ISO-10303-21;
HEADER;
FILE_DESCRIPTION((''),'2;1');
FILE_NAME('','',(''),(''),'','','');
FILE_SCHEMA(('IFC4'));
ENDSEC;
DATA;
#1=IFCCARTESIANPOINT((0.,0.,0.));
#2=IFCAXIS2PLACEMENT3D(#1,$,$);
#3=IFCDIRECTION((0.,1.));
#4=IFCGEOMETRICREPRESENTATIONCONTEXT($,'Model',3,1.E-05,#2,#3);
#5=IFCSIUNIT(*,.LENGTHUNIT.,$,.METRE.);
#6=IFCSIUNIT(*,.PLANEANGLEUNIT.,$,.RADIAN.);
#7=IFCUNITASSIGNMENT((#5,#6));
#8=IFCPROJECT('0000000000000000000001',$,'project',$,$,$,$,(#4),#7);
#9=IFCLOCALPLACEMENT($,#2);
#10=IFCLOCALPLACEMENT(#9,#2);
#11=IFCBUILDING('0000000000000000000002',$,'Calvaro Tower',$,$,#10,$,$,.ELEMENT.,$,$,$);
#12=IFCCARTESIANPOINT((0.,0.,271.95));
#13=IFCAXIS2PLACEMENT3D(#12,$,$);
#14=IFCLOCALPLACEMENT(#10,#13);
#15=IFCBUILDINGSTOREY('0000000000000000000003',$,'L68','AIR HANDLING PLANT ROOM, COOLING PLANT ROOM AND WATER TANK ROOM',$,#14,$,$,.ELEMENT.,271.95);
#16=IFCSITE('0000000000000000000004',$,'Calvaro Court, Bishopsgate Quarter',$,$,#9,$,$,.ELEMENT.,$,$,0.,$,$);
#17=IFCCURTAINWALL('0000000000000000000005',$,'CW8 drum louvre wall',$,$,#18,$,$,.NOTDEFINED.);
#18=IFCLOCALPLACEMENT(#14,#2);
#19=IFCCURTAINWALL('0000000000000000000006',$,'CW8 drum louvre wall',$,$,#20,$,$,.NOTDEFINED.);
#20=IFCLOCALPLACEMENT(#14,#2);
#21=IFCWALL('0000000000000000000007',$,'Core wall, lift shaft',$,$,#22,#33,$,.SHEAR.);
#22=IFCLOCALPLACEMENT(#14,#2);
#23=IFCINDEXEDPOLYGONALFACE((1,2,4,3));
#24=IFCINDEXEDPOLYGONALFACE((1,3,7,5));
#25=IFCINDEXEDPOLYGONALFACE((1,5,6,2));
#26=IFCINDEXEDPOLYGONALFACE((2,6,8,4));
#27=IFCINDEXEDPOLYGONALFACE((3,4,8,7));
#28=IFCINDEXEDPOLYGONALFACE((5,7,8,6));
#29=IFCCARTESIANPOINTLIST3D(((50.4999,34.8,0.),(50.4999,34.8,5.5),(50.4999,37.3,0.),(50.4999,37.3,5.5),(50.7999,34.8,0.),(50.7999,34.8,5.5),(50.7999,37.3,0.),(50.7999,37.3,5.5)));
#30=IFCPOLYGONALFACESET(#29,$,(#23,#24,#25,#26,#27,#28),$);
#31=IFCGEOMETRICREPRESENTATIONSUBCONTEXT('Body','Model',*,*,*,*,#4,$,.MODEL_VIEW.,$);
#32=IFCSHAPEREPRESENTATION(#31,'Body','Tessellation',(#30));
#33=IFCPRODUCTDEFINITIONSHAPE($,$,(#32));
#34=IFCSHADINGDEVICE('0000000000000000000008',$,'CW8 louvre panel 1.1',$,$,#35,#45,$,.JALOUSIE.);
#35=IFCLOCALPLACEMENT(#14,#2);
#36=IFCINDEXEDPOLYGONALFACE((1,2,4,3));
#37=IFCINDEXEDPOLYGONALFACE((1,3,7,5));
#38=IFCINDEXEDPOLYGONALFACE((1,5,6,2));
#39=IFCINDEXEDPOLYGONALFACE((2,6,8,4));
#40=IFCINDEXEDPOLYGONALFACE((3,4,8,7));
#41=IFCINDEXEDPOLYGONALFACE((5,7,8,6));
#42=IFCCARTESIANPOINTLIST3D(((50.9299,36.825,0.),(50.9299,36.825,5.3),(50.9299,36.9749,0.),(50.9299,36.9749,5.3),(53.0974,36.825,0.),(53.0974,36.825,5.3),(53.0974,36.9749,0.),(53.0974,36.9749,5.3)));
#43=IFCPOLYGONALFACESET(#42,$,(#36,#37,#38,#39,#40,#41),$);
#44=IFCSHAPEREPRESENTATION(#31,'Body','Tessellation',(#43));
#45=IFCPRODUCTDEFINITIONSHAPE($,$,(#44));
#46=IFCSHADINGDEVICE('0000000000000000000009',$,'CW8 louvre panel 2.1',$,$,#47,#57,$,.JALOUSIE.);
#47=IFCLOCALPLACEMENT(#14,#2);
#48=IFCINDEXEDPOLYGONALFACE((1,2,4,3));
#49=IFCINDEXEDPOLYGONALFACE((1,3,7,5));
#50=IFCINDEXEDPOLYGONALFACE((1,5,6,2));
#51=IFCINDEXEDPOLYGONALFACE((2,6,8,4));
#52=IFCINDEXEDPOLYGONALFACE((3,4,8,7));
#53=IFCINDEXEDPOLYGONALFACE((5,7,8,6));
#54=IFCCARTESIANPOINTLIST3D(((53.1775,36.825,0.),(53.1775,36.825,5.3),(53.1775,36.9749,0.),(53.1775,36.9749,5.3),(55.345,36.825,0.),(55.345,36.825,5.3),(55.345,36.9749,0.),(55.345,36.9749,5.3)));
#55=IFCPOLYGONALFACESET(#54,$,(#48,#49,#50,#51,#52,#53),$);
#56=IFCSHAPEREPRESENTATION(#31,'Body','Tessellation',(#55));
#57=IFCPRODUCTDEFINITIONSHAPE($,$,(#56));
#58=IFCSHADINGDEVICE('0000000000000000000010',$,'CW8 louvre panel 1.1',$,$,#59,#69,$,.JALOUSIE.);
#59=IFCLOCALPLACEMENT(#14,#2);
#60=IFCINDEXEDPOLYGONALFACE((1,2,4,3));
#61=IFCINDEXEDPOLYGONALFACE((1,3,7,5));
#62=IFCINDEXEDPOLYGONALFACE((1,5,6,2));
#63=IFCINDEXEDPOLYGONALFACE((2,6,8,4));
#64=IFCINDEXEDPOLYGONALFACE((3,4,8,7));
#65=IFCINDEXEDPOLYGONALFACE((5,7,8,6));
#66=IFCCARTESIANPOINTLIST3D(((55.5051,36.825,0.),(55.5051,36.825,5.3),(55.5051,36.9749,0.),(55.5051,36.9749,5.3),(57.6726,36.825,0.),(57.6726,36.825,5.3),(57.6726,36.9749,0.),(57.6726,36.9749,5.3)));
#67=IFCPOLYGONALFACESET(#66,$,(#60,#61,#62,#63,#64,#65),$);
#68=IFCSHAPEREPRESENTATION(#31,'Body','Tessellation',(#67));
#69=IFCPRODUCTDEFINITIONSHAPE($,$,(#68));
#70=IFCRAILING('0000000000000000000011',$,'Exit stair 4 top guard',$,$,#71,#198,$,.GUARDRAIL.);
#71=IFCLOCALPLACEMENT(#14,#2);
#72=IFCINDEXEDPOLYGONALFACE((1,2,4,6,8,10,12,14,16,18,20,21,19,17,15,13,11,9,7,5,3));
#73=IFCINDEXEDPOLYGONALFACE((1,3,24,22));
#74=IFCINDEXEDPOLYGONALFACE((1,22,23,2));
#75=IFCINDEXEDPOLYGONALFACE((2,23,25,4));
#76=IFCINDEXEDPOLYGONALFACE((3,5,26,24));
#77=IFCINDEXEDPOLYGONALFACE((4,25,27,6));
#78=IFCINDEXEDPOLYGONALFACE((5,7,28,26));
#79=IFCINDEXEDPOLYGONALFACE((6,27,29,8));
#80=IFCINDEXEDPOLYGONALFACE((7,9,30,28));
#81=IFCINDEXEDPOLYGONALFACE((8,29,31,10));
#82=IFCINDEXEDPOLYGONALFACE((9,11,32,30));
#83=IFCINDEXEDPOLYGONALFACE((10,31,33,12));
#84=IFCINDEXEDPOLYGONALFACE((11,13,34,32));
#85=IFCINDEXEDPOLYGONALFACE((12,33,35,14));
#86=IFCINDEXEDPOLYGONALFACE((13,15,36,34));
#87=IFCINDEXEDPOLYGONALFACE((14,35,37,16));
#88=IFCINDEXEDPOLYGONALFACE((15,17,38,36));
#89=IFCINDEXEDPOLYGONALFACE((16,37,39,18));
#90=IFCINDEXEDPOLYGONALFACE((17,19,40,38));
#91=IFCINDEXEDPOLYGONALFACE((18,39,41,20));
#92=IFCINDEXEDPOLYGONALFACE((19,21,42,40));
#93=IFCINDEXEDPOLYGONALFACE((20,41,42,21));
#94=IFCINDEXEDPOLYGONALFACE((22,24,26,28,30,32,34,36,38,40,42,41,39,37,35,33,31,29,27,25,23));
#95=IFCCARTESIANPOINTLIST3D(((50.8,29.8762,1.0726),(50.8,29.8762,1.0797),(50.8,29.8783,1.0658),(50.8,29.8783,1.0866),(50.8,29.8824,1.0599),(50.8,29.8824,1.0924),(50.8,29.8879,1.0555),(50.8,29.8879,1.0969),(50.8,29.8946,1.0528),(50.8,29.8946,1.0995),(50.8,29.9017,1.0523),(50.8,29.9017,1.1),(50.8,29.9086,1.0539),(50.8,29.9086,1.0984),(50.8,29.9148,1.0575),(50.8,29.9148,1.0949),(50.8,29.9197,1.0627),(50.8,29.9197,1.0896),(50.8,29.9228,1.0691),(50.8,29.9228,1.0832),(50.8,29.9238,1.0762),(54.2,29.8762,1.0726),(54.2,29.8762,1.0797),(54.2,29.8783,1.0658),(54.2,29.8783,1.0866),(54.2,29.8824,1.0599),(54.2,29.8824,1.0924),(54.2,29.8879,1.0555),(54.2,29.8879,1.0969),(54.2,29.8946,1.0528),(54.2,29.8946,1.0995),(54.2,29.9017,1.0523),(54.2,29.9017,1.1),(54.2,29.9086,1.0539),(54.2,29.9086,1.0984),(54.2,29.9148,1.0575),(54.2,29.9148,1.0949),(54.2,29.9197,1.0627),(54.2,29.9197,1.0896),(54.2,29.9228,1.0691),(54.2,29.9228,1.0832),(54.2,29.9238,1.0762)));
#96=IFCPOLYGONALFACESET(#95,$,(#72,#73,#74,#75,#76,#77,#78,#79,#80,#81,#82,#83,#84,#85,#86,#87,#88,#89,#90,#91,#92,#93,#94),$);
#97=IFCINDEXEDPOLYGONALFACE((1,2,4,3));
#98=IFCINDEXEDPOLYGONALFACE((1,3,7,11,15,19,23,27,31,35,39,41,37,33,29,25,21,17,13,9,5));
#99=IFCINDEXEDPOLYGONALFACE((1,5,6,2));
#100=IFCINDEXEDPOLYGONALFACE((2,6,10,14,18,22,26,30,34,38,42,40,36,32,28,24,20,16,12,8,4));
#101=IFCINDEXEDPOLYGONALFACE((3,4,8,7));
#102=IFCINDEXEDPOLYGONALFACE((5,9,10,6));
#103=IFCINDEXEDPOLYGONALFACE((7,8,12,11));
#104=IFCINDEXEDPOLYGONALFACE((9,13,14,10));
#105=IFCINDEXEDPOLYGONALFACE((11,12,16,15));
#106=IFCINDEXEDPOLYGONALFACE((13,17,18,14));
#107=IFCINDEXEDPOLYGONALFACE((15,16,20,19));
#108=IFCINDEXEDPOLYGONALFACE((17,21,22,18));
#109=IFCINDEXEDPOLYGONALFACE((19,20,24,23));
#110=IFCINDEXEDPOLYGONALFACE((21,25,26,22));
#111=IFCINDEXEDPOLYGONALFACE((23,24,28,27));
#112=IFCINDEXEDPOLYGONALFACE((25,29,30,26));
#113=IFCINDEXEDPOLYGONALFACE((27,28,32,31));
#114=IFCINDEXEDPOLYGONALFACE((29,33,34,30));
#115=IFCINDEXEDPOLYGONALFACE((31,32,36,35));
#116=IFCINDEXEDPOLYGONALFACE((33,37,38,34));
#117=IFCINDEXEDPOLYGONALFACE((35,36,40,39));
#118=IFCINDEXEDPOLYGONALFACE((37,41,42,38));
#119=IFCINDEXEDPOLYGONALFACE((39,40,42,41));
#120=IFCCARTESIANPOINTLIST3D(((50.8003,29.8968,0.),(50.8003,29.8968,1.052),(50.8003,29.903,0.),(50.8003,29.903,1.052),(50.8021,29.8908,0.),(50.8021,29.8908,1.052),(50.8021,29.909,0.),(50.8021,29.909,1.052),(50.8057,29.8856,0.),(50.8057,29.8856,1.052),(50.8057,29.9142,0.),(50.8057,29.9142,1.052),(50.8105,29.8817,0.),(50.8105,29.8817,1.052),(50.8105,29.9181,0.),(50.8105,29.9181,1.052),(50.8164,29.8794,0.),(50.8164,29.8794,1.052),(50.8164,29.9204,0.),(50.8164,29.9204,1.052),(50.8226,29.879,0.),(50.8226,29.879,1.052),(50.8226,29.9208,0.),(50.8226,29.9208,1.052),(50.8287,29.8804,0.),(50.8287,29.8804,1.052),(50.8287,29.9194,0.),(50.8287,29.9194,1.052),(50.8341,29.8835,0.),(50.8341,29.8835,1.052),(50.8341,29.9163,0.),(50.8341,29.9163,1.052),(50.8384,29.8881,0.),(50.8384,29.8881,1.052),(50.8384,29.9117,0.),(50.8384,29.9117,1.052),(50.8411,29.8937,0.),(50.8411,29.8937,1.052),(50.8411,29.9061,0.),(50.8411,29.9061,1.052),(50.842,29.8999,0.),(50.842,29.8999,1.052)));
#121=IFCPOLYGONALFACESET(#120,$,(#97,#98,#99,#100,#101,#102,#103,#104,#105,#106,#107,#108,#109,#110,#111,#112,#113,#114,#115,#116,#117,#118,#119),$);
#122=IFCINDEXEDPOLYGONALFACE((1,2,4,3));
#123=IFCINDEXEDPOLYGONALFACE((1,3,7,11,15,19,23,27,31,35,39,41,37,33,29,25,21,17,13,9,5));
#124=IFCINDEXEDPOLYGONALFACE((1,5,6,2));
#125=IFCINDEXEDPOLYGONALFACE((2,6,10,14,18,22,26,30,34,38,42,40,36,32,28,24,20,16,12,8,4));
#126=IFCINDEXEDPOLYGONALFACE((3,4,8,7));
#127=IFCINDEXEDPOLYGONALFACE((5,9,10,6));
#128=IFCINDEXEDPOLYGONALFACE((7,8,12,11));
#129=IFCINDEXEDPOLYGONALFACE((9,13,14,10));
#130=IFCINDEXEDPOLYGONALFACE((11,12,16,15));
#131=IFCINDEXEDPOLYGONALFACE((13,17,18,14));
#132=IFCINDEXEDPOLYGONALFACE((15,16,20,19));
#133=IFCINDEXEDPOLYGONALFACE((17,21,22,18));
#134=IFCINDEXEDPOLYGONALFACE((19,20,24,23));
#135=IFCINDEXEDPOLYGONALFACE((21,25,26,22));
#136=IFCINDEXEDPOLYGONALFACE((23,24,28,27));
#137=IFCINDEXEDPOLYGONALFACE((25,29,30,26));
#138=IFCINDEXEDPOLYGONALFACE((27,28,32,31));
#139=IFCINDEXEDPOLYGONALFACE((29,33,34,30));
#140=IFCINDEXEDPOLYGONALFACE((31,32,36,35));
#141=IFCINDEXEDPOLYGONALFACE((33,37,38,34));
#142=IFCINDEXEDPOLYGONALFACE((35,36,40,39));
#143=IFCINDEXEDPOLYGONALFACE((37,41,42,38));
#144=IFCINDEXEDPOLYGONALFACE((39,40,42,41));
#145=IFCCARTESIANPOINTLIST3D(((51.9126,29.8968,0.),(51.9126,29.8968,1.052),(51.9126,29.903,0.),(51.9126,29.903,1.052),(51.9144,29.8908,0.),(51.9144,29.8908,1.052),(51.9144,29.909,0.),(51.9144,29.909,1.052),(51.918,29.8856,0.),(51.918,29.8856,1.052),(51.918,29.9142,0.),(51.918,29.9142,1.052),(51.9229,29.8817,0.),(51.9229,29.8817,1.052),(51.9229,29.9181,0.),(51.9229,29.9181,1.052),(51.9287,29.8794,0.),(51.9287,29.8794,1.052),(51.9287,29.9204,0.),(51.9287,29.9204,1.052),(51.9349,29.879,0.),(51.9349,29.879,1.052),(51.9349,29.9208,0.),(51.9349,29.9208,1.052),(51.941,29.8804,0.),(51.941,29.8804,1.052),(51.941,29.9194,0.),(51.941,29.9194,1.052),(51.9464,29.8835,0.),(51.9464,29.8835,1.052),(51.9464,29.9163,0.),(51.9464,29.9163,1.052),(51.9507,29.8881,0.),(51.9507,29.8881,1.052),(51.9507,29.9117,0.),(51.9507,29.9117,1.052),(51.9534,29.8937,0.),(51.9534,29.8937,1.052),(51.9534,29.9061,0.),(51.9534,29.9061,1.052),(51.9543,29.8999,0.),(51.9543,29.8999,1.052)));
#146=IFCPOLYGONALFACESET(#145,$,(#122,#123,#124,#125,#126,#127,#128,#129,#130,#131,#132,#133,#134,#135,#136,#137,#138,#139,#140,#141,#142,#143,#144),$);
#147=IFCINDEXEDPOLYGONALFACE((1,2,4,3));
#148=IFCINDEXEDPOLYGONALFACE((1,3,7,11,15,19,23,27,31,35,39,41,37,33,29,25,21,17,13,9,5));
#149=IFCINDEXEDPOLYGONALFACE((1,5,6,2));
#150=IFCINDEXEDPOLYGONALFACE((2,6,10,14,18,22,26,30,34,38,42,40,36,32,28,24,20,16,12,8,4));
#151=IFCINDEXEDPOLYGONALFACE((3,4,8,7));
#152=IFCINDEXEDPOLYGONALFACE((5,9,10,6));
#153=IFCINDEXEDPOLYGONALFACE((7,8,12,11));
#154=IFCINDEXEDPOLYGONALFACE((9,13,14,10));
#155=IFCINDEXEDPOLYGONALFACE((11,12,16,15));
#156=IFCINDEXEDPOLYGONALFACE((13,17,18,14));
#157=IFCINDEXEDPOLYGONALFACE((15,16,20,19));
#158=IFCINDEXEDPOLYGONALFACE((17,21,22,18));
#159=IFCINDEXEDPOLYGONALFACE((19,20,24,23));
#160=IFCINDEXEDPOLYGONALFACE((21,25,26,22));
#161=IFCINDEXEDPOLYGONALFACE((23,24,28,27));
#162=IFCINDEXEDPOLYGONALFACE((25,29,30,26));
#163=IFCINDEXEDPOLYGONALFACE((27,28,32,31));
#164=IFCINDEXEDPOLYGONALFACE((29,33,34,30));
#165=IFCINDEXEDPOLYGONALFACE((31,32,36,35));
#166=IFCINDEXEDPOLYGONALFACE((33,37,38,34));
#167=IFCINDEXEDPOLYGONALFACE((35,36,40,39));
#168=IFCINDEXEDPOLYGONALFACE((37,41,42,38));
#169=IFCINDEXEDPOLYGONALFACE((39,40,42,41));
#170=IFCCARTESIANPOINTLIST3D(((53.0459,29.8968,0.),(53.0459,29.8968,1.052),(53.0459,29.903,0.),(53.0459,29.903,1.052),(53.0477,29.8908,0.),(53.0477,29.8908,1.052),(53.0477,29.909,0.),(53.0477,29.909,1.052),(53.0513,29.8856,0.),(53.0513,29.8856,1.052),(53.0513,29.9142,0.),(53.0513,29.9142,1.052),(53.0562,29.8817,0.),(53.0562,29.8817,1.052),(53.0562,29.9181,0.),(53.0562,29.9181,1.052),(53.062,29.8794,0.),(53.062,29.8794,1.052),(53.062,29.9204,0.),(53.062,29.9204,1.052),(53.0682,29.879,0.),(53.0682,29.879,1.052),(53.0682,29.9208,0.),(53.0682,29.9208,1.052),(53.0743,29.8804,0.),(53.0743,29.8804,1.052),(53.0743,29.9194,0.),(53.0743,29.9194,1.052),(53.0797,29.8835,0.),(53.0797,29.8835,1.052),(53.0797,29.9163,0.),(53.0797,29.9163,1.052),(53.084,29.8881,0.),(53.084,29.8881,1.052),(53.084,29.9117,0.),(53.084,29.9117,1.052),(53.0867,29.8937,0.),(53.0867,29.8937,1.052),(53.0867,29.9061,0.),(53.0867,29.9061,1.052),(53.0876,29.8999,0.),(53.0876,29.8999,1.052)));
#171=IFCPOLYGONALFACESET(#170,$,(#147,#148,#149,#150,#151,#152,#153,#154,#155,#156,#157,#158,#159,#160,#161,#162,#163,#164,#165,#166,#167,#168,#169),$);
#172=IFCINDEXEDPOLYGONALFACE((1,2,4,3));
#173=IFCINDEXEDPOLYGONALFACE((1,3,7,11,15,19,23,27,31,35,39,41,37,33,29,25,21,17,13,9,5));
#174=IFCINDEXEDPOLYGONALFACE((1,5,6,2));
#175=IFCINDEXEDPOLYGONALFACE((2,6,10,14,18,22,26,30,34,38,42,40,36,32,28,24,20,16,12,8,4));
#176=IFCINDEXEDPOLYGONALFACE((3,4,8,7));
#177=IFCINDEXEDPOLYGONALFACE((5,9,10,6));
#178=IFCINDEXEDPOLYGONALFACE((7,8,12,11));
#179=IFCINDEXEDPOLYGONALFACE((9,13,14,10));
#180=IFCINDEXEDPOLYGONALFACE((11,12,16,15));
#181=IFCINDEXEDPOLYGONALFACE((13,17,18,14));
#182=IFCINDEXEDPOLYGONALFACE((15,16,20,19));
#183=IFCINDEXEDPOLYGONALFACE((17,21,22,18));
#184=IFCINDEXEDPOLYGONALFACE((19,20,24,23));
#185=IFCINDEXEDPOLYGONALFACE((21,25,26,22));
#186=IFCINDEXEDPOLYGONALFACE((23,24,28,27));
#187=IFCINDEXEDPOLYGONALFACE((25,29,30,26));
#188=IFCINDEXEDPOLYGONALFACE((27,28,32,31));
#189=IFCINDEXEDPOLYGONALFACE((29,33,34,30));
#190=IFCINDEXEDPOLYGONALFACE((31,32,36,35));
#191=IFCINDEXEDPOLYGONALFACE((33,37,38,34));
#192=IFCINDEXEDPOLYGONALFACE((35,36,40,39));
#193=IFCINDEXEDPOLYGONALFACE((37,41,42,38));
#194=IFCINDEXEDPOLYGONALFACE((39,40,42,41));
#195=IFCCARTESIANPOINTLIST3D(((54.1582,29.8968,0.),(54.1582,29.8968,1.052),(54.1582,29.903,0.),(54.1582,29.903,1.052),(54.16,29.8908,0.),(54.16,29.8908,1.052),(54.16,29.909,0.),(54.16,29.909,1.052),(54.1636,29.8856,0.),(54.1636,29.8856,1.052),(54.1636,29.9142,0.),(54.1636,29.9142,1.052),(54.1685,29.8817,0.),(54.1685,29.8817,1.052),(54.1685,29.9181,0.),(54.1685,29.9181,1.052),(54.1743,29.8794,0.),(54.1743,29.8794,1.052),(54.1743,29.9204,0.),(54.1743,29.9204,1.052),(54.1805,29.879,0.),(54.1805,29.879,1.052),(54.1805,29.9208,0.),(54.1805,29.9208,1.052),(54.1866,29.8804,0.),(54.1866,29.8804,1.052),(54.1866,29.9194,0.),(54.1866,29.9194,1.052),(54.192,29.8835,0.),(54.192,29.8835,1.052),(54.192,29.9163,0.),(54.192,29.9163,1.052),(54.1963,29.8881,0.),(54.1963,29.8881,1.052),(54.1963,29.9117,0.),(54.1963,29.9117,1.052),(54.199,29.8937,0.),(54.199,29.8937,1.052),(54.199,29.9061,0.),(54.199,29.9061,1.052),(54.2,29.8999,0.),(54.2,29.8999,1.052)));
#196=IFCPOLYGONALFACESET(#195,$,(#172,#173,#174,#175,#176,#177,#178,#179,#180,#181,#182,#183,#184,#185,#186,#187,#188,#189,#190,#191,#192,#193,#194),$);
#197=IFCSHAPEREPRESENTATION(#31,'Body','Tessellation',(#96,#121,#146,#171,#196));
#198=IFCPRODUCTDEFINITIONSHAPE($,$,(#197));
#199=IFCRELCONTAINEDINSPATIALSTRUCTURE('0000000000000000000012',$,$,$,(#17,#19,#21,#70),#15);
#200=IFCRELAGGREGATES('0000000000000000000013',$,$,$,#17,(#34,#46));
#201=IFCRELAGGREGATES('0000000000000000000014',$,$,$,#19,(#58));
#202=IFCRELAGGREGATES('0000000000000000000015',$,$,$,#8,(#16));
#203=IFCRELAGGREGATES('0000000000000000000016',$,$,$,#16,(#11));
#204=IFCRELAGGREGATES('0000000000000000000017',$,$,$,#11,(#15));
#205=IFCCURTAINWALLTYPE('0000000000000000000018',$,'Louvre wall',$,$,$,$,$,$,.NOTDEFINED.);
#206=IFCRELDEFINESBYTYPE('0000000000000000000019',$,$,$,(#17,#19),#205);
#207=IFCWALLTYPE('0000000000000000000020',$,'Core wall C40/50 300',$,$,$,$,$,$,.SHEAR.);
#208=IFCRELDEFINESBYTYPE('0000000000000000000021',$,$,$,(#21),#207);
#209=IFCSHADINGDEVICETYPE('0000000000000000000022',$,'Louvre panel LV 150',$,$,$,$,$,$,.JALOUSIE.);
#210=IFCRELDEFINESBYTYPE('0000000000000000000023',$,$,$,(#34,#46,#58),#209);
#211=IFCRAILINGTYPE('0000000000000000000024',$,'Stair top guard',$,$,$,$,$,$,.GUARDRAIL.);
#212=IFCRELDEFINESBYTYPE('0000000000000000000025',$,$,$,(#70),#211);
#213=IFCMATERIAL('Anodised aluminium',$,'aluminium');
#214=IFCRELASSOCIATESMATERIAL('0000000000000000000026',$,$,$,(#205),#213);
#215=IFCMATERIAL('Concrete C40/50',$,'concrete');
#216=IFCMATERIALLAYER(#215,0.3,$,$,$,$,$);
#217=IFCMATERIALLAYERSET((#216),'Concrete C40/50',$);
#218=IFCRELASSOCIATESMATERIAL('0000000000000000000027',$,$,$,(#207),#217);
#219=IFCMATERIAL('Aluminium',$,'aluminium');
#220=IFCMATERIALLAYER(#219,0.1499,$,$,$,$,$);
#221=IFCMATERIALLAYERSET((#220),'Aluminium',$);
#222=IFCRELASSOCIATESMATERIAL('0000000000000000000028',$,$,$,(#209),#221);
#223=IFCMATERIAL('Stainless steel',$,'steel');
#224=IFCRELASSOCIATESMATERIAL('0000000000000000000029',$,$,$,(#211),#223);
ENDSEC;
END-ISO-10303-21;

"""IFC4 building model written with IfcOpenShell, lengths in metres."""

from ifc_helpers import new_model, si_unit, direction, frame, frame_2d, origin, origin_2d, place, context, subcontext, project, spatial, rectangle, circle, extrude, material, layer, layer_set, type_object, element, aggregate, save


model = new_model("IFC4")

# Units and contexts
model_context = context("Model", 3, precision=1e-05, world=origin(), true_north=direction((0.0, 1.0)))
body_context = subcontext(model_context, "Body", "Model", "MODEL_VIEW")
ifc_project = project(units=[si_unit("LENGTHUNIT", "METRE"), si_unit("PLANEANGLEUNIT", "RADIAN")], contexts=[model_context])

# Site, building, storey
site_placement = place(None, origin())
site = spatial("IfcSite", under=ifc_project, at=site_placement, Name="Calvaro Court, Bishopsgate Quarter", CompositionType="ELEMENT", RefElevation=0.0)
building_placement = place(site_placement, origin())
building = spatial("IfcBuilding", under=site, at=building_placement, Name="Calvaro Tower", CompositionType="ELEMENT")
storey_placement = place(building_placement, frame((0.0, 0.0, 271.95)))
storey = spatial("IfcBuildingStorey", under=building, at=storey_placement, Name="L68", Description="AIR HANDLING PLANT ROOM, COOLING PLANT ROOM AND WATER TANK ROOM", CompositionType="ELEMENT", Elevation=271.95)

# Curtain walls
ifc_material_1 = material(Name="Anodised aluminium", Category="aluminium")
curtain_wall_type = type_object("IfcCurtainWallType", Name="Louvre wall", PredefinedType="NOTDEFINED", material=ifc_material_1)
curtain_wall_1_placement = place(storey_placement, origin())
curtain_wall_1 = element("IfcCurtainWall", 1, at=curtain_wall_1_placement, inside=storey, type_object=curtain_wall_type, Name="CW8 drum louvre wall", PredefinedType="NOTDEFINED")
curtain_wall_2_placement = place(storey_placement, origin())
curtain_wall_2 = element("IfcCurtainWall", 2, at=curtain_wall_2_placement, inside=storey, type_object=curtain_wall_type, Name="CW8 drum louvre wall", PredefinedType="NOTDEFINED")

# Shared definitions
ifc_material_2 = material(Name="Concrete C40/50", Category="concrete")
ifc_layer_1 = layer(ifc_material_2, 0.3)
ifc_layer_set_1 = layer_set([ifc_layer_1], Name="Concrete C40/50")
wall_type = type_object("IfcWallType", Name="Core wall C40/50 300", PredefinedType="SHEAR", material=ifc_layer_set_1)

# Wall
for number, where, z_axis, x_axis, name in (
    (3, (50.6499, 34.8, 0.0), (0.0, 0.0, 1.0), (0.0, 1.0, 0.0), "Core wall, lift shaft"),
):
    element("IfcWall", number, at=place(storey_placement, frame(where, z_axis=z_axis, x_axis=x_axis)), inside=storey, type_object=wall_type, Name=name, PredefinedType="SHEAR", context=body_context, shape_type="SweptSolid", body=[
        extrude(rectangle(XDim=2.5, YDim=0.3, at=frame_2d((1.25, 0.0))), origin(), (0.0, 0.0, 1.0), 5.5),
    ])

# Shading devices
ifc_material_3 = material(Name="Aluminium", Category="aluminium")
ifc_layer_2 = layer(ifc_material_3, 0.1499)
ifc_layer_set_2 = layer_set([ifc_layer_2], Name="Aluminium")
shading_device_type = type_object("IfcShadingDeviceType", Name="Louvre panel LV 150", PredefinedType="JALOUSIE", material=ifc_layer_set_2)
shading_device_1_placement = place(storey_placement, frame((52.0137, 36.8999, 0.0), z_axis=(0.0, 0.0, 1.0), x_axis=(1.0, 0.0, 0.0)))
shading_device_1 = element("IfcShadingDevice", 4, at=shading_device_1_placement, type_object=shading_device_type, Name="CW8 louvre panel 1.1", PredefinedType="JALOUSIE", context=body_context, shape_type="SweptSolid", body=[
    extrude(rectangle(XDim=2.1675, YDim=0.1499, at=origin_2d()), origin(), (0.0, 0.0, 1.0), 5.3),
])
shading_device_2_placement = place(storey_placement, frame((54.2612, 36.8999, 0.0), z_axis=(0.0, 0.0, 1.0), x_axis=(1.0, 0.0, 0.0)))
shading_device_2 = element("IfcShadingDevice", 5, at=shading_device_2_placement, type_object=shading_device_type, Name="CW8 louvre panel 2.1", PredefinedType="JALOUSIE", context=body_context, shape_type="SweptSolid", body=[
    extrude(rectangle(XDim=2.1675, YDim=0.1499, at=origin_2d()), origin(), (0.0, 0.0, 1.0), 5.3),
])
aggregate(curtain_wall_1, [shading_device_1, shading_device_2])
shading_device_3_placement = place(storey_placement, frame((56.5889, 36.8999, 0.0), z_axis=(0.0, 0.0, 1.0), x_axis=(1.0, 0.0, 0.0)))
shading_device_3 = element("IfcShadingDevice", 6, at=shading_device_3_placement, type_object=shading_device_type, Name="CW8 louvre panel 1.1", PredefinedType="JALOUSIE", context=body_context, shape_type="SweptSolid", body=[
    extrude(rectangle(XDim=2.1675, YDim=0.1499, at=origin_2d()), origin(), (0.0, 0.0, 1.0), 5.3),
])
aggregate(curtain_wall_2, [shading_device_3])

# Railing
ifc_material_4 = material(Name="Stainless steel", Category="steel")
railing_type = type_object("IfcRailingType", Name="Stair top guard", PredefinedType="GUARDRAIL", material=ifc_material_4)
railing_placement = place(storey_placement, frame((50.8, 29.8999, 0.0)))
element("IfcRailing", 7, at=railing_placement, inside=storey, type_object=railing_type, Name="Exit stair 4 top guard", PredefinedType="GUARDRAIL", context=body_context, shape_type="SweptSolid", body=[
    extrude(circle(Radius=0.0239, at=origin_2d()), frame((0.0, 0.0, 1.0762), z_axis=(1.0, 0.0, 0.0), x_axis=(0.0, 1.0, 0.0)), (0.0, 0.0, 1.0), 3.3999),
    extrude(circle(Radius=0.021, at=origin_2d()), frame((0.021, 0.0, 0.0)), (0.0, 0.0, 1.0), 1.052),
    extrude(circle(Radius=0.021, at=origin_2d()), frame((1.1333, 0.0, 0.0)), (0.0, 0.0, 1.0), 1.052),
    extrude(circle(Radius=0.021, at=origin_2d()), frame((2.2666, 0.0, 0.0)), (0.0, 0.0, 1.0), 1.052),
    extrude(circle(Radius=0.021, at=origin_2d()), frame((3.3789, 0.0, 0.0)), (0.0, 0.0, 1.0), 1.052),
])

save(model, "model.ifc")
